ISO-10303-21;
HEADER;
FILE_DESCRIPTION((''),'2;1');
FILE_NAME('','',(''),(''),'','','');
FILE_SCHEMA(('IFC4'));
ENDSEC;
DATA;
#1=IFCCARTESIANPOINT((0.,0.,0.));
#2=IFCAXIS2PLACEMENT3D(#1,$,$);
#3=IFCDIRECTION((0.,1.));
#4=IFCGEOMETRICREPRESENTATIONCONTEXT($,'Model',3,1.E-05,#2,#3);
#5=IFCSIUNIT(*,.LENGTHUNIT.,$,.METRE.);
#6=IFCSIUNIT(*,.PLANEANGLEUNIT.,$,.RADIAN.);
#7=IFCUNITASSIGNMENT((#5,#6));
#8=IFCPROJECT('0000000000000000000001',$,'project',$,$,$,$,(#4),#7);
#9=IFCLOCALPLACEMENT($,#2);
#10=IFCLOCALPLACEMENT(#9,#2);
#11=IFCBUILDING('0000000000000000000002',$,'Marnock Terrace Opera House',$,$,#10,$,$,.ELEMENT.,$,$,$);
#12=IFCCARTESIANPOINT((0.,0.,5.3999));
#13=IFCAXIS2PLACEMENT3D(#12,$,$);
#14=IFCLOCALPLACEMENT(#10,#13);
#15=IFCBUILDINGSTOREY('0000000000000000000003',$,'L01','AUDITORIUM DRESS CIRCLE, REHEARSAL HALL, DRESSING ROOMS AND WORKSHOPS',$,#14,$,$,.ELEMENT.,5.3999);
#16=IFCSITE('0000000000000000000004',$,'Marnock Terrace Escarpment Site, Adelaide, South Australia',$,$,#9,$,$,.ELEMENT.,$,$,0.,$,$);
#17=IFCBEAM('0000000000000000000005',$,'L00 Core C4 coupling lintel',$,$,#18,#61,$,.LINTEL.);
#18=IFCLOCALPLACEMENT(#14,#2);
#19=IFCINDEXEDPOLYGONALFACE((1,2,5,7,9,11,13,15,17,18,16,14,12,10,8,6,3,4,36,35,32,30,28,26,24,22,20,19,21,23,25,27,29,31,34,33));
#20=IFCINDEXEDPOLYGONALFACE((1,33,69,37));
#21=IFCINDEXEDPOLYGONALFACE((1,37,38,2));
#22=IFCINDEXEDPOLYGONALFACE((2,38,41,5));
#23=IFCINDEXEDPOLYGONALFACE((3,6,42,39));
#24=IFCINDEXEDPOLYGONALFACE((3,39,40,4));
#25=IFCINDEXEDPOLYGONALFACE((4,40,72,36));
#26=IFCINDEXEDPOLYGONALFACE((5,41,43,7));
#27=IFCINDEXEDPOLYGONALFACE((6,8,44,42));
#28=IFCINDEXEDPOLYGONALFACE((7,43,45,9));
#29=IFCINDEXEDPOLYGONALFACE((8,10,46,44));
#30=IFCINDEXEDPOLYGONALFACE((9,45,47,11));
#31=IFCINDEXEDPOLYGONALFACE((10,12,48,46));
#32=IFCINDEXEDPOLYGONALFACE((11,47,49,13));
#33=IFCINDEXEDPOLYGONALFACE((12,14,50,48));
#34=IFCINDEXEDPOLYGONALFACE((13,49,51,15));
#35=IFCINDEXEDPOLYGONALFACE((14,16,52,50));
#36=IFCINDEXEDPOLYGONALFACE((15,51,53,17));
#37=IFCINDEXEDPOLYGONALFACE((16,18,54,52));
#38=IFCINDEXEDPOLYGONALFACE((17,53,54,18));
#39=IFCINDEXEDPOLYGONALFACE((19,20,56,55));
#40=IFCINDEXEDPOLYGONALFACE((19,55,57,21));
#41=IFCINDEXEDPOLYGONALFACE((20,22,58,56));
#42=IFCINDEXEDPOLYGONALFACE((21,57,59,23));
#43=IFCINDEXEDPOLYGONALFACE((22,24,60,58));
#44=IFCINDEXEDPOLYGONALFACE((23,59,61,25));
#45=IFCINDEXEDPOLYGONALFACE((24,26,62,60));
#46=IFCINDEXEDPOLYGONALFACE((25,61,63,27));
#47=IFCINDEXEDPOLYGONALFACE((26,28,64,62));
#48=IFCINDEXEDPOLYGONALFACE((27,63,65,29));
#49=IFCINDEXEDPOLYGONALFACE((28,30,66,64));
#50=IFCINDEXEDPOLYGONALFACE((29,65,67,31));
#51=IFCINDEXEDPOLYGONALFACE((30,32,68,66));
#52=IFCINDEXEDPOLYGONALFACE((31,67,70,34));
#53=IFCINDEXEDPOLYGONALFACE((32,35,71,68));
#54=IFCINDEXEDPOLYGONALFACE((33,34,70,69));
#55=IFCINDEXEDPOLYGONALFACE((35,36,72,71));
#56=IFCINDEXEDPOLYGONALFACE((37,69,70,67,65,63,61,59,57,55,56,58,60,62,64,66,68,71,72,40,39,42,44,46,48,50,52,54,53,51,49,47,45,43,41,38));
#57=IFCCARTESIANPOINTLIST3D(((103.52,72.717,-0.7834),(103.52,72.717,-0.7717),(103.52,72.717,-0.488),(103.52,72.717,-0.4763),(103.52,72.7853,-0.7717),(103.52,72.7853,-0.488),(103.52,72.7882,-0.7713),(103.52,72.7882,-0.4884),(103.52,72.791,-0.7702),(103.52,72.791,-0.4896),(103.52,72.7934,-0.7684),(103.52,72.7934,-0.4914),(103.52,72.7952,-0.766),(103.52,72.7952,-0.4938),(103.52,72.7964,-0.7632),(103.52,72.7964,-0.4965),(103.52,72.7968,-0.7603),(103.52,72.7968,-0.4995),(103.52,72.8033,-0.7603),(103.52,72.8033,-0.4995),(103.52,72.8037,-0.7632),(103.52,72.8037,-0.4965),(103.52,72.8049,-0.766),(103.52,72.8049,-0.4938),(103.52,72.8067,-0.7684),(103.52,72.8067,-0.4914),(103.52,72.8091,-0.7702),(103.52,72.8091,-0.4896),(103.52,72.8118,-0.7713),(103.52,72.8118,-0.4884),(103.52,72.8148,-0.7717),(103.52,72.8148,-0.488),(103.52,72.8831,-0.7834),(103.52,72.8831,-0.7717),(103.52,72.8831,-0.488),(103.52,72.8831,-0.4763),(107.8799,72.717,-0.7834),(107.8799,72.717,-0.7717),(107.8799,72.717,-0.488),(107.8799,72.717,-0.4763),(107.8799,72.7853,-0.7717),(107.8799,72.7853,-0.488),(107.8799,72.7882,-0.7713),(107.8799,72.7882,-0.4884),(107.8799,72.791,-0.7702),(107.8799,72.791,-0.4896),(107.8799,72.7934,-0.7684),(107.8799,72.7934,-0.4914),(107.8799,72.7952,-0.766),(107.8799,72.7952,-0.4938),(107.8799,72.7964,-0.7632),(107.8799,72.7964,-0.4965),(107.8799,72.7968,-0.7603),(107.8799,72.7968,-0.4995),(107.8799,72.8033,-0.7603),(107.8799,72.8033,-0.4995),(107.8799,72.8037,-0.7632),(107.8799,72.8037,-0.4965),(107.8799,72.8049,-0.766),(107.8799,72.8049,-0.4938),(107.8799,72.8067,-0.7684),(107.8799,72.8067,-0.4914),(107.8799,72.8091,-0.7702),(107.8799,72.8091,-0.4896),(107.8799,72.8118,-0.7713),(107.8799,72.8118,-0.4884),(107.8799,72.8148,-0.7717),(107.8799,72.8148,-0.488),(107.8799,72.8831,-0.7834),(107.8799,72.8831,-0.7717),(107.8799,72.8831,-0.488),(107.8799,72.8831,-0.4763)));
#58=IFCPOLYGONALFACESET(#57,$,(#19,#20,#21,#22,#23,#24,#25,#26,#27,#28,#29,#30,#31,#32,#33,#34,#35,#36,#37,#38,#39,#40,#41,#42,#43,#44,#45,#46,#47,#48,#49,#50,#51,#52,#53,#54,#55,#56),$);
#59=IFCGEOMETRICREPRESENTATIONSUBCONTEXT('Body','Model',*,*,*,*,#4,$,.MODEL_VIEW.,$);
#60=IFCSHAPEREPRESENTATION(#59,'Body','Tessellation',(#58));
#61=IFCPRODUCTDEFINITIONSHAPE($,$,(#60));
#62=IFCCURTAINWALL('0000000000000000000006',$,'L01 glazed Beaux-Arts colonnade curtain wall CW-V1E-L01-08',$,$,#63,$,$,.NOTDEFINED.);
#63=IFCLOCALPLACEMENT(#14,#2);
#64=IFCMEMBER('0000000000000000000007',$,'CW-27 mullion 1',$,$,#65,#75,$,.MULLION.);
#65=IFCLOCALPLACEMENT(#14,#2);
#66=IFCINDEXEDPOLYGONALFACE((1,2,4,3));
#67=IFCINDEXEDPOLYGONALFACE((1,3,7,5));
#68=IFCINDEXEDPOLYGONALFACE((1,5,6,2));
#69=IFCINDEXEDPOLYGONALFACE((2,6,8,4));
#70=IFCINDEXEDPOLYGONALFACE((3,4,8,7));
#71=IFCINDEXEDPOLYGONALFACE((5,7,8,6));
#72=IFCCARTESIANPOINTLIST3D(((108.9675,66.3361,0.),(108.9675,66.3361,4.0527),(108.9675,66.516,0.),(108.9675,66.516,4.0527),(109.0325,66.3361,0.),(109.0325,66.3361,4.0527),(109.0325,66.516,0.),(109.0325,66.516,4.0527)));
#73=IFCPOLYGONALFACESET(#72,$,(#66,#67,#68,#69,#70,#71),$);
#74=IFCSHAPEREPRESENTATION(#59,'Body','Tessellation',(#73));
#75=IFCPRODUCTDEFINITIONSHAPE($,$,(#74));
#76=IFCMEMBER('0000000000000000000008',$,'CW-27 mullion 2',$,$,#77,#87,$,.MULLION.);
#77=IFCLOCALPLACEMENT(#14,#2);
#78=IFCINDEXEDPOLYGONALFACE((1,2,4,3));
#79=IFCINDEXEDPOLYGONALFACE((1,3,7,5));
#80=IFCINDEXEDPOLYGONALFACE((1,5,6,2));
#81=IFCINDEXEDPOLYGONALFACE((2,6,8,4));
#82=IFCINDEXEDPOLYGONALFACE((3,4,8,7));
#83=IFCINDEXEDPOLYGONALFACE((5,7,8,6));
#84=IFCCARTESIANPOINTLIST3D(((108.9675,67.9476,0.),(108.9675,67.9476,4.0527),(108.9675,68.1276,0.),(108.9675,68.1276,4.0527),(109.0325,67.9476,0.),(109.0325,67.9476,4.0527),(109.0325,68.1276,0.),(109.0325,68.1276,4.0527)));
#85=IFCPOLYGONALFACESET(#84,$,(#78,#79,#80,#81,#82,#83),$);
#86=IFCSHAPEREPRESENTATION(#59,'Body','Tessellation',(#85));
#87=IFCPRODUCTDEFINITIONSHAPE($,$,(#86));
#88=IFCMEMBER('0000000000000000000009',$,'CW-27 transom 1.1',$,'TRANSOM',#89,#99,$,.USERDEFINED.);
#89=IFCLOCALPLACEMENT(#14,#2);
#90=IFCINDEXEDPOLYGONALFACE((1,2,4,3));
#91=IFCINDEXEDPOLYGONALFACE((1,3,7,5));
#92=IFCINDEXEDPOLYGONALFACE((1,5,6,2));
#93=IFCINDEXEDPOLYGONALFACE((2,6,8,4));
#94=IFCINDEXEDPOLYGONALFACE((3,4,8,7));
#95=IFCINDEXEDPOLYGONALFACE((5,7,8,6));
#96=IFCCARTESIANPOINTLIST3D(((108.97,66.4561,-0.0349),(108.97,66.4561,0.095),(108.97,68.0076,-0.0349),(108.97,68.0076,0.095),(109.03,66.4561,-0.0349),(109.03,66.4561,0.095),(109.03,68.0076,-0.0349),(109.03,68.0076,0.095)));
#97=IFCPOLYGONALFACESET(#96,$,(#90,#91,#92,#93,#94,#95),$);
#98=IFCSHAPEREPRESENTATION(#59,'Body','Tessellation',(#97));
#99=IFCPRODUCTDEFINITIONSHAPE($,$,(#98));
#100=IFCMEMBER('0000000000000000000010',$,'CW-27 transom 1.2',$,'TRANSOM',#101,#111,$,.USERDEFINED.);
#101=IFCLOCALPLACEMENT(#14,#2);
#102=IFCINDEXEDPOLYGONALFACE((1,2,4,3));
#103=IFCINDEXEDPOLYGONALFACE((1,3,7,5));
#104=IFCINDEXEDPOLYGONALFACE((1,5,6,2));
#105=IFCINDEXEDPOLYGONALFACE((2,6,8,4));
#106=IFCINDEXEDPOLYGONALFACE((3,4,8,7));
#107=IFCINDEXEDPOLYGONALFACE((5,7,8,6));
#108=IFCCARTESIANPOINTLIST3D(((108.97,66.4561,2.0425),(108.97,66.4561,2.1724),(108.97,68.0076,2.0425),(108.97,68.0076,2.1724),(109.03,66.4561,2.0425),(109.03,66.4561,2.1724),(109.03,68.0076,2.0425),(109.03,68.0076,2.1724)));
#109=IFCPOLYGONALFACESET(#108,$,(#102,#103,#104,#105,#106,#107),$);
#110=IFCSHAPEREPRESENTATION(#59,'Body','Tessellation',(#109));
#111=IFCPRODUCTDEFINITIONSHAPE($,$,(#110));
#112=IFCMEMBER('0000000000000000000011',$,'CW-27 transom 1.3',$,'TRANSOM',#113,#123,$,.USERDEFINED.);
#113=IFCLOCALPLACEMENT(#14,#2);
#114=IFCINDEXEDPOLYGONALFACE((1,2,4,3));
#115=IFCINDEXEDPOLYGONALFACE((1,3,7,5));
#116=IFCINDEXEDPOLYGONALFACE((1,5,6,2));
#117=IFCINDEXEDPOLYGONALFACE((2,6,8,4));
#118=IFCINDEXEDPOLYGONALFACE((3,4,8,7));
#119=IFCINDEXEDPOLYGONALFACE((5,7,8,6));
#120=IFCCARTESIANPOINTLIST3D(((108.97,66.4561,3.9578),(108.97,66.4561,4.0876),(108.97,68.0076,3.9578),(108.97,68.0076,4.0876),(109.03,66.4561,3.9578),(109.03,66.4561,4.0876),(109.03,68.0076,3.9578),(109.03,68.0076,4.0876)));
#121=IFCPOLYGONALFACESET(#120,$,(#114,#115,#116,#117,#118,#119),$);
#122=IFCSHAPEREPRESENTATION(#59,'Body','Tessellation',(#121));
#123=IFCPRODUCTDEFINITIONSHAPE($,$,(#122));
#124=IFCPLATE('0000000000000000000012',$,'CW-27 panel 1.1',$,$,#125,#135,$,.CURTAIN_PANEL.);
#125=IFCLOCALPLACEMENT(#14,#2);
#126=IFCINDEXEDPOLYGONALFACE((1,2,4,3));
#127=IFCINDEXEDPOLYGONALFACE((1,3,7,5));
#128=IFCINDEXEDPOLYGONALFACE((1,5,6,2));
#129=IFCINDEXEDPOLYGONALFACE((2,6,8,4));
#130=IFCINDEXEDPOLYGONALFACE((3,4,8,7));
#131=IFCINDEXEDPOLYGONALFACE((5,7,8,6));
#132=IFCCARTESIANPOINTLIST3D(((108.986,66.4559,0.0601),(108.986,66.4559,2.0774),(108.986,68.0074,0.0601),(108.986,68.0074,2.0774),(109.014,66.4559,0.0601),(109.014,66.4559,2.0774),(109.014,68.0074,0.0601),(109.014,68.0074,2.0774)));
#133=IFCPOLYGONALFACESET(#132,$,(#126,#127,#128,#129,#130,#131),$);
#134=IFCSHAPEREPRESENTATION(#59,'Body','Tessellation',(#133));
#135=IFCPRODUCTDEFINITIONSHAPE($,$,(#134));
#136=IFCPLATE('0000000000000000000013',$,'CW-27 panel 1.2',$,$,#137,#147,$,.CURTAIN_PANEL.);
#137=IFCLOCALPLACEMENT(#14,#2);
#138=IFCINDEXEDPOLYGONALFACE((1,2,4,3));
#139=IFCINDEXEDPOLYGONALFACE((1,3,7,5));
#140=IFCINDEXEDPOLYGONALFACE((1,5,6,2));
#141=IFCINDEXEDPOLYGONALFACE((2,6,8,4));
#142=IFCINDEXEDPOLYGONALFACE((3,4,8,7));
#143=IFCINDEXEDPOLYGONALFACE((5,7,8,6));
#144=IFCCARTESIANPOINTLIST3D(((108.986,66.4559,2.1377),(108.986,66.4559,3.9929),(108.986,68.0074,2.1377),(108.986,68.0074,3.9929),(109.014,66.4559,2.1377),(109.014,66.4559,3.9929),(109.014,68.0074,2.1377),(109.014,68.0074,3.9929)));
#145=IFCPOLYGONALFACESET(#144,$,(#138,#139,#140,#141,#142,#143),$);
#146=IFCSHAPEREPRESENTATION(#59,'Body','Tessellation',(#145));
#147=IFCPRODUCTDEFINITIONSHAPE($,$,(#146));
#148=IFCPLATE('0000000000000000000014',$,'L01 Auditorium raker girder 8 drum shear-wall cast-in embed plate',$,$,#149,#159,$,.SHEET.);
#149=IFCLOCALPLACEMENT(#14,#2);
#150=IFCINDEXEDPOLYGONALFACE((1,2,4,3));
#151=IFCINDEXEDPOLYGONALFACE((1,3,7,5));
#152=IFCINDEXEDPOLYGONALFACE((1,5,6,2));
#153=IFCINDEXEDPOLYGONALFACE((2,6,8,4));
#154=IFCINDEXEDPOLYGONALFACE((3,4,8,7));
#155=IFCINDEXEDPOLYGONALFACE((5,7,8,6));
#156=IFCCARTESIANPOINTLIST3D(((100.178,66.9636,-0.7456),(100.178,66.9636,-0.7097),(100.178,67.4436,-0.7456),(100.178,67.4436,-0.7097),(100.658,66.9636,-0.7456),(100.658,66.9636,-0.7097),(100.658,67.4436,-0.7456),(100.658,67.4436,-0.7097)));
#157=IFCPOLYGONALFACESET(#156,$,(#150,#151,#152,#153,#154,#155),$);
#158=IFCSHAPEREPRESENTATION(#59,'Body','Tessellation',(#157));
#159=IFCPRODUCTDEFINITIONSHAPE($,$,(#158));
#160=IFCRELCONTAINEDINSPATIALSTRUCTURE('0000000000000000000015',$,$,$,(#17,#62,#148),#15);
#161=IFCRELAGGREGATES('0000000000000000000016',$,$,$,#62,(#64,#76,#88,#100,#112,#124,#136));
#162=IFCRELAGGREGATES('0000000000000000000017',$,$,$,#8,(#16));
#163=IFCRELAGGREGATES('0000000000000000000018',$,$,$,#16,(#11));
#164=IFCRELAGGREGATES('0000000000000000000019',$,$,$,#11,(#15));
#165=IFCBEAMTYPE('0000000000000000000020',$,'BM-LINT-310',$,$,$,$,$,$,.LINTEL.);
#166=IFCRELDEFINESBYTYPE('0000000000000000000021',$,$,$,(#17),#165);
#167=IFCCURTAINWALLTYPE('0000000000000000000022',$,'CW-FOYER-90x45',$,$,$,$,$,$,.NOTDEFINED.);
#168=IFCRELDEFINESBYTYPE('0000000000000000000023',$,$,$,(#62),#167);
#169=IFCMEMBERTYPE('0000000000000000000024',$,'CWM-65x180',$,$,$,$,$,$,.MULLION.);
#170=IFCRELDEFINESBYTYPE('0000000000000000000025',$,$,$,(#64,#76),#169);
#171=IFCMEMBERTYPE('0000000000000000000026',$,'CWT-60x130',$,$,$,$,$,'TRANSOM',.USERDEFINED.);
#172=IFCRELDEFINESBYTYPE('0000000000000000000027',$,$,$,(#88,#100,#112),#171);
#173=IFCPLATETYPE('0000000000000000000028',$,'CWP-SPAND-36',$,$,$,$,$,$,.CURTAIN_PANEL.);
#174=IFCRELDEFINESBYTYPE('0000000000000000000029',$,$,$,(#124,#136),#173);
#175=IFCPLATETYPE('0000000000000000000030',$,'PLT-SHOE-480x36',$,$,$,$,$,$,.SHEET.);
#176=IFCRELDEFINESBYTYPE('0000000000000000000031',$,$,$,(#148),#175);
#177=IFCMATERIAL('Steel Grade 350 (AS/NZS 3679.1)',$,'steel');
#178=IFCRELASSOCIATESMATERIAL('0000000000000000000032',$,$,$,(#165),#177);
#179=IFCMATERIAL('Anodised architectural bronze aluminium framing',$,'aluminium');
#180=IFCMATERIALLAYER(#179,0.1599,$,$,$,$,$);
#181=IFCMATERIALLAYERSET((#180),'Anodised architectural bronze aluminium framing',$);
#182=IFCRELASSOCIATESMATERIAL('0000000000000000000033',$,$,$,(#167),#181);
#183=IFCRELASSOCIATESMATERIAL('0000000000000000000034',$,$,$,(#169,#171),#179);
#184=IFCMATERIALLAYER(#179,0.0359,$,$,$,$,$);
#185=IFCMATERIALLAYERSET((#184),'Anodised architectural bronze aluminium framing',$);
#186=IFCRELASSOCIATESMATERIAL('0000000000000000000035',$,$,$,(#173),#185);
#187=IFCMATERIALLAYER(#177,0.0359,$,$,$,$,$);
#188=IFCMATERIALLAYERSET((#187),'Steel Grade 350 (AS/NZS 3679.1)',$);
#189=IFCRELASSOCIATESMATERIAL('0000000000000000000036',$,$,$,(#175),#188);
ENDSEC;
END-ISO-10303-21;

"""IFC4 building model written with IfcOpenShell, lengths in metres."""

from ifc_helpers import new_model, si_unit, direction, frame, origin, origin_2d, place, context, subcontext, project, spatial, rectangle, i_section, extrude, material, layer, layer_set, material_profile, profile_set, type_object, element, aggregate, save


model = new_model("IFC4")

# Units and contexts
model_context = context("Model", 3, precision=1e-05, world=origin(), true_north=direction((0.0, 1.0)))
body_context = subcontext(model_context, "Body", "Model", "MODEL_VIEW")
ifc_project = project(units=[si_unit("LENGTHUNIT", "METRE"), si_unit("PLANEANGLEUNIT", "RADIAN")], contexts=[model_context])

# Site, building, storey
site_placement = place(None, origin())
site = spatial("IfcSite", under=ifc_project, at=site_placement, Name="Marnock Terrace Escarpment Site, Adelaide, South Australia", CompositionType="ELEMENT", RefElevation=0.0)
building_placement = place(site_placement, origin())
building = spatial("IfcBuilding", under=site, at=building_placement, Name="Marnock Terrace Opera House", CompositionType="ELEMENT")
storey_placement = place(building_placement, frame((0.0, 0.0, 5.3999)))
storey = spatial("IfcBuildingStorey", under=building, at=storey_placement, Name="L01", Description="AUDITORIUM DRESS CIRCLE, REHEARSAL HALL, DRESSING ROOMS AND WORKSHOPS", CompositionType="ELEMENT", Elevation=5.3999)

# Beam
ifc_material_1 = material(Name="Steel Grade 350 (AS/NZS 3679.1)", Category="steel")
ifc_material_profile_1 = material_profile(ifc_material_1, i_section(OverallWidth=0.166, OverallDepth=0.3071, WebThickness=0.0066, FlangeThickness=0.0117, FilletRadius=0.0115, at=origin_2d()))
ifc_profile_set_1 = profile_set([ifc_material_profile_1], Name="Steel Grade 350 (AS/NZS 3679.1)")
beam_type = type_object("IfcBeamType", Name="BM-LINT-310", PredefinedType="LINTEL", material=ifc_profile_set_1)
beam_placement = place(storey_placement, frame((103.52, 72.8, -0.6299), z_axis=(1.0, 0.0, 0.0), x_axis=(0.0, 1.0, 0.0)))
element("IfcBeam", 1, at=beam_placement, inside=storey, type_object=beam_type, Name="L00 Core C4 coupling lintel", PredefinedType="LINTEL", context=body_context, shape_type="SweptSolid", body=[
    extrude(i_section(OverallWidth=0.166, OverallDepth=0.3071, WebThickness=0.0066, FlangeThickness=0.0117, FilletRadius=0.0115, at=origin_2d()), origin(), (0.0, 0.0, 1.0), 4.3599),
])

# Curtain wall, members, plates
ifc_material_2 = material(Name="Anodised architectural bronze aluminium framing", Category="aluminium")
ifc_layer_1 = layer(ifc_material_2, 0.1599)
ifc_layer_set_1 = layer_set([ifc_layer_1], Name="Anodised architectural bronze aluminium framing")
curtain_wall_type = type_object("IfcCurtainWallType", Name="CW-FOYER-90x45", PredefinedType="NOTDEFINED", material=ifc_layer_set_1)
curtain_wall_placement = place(storey_placement, origin())
curtain_wall = element("IfcCurtainWall", 2, at=curtain_wall_placement, inside=storey, type_object=curtain_wall_type, Name="L01 glazed Beaux-Arts colonnade curtain wall CW-V1E-L01-08", PredefinedType="NOTDEFINED")
ifc_material_profile_2 = material_profile(ifc_material_2, rectangle(XDim=0.0649, YDim=0.1799, at=origin_2d()))
ifc_profile_set_2 = profile_set([ifc_material_profile_2], Name="Anodised architectural bronze aluminium framing")
member_type_1 = type_object("IfcMemberType", Name="CWM-65x180", PredefinedType="MULLION", material=ifc_profile_set_2)
member_1_placement = place(storey_placement, frame((109.0, 66.426, 0.0), z_axis=(0.0, 0.0, 1.0), x_axis=(-1.0, 0.0, 0.0)))
member_1 = element("IfcMember", 3, at=member_1_placement, type_object=member_type_1, Name="CW-27 mullion 1", PredefinedType="MULLION", context=body_context, shape_type="SweptSolid", body=[
    extrude(rectangle(XDim=0.0649, YDim=0.1799, at=origin_2d()), origin(), (0.0, 0.0, 1.0), 4.0527),
])
member_2_placement = place(storey_placement, frame((109.0, 68.0376, 0.0), z_axis=(0.0, 0.0, 1.0), x_axis=(-1.0, 0.0, 0.0)))
member_2 = element("IfcMember", 4, at=member_2_placement, type_object=member_type_1, Name="CW-27 mullion 2", PredefinedType="MULLION", context=body_context, shape_type="SweptSolid", body=[
    extrude(rectangle(XDim=0.0649, YDim=0.1799, at=origin_2d()), origin(), (0.0, 0.0, 1.0), 4.0527),
])
ifc_material_profile_3 = material_profile(ifc_material_2, rectangle(XDim=0.0601, YDim=0.1299, at=origin_2d()))
ifc_profile_set_3 = profile_set([ifc_material_profile_3], Name="Anodised architectural bronze aluminium framing")
member_type_2 = type_object("IfcMemberType", Name="CWT-60x130", ElementType="TRANSOM", PredefinedType="USERDEFINED", material=ifc_profile_set_3)
member_3_placement = place(storey_placement, frame((109.0, 66.4561, 0.03), z_axis=(0.0, 1.0, 0.0), x_axis=(-1.0, 0.0, 0.0)))
member_3 = element("IfcMember", 5, at=member_3_placement, type_object=member_type_2, Name="CW-27 transom 1.1", ObjectType="TRANSOM", PredefinedType="USERDEFINED", context=body_context, shape_type="SweptSolid", body=[
    extrude(rectangle(XDim=0.0601, YDim=0.1299, at=origin_2d()), origin(), (0.0, 0.0, 1.0), 1.5515),
])
member_4_placement = place(storey_placement, frame((109.0, 66.4561, 2.1074), z_axis=(0.0, 1.0, 0.0), x_axis=(-1.0, 0.0, 0.0)))
member_4 = element("IfcMember", 6, at=member_4_placement, type_object=member_type_2, Name="CW-27 transom 1.2", ObjectType="TRANSOM", PredefinedType="USERDEFINED", context=body_context, shape_type="SweptSolid", body=[
    extrude(rectangle(XDim=0.0601, YDim=0.1299, at=origin_2d()), origin(), (0.0, 0.0, 1.0), 1.5515),
])
member_5_placement = place(storey_placement, frame((109.0, 66.4561, 4.0227), z_axis=(0.0, 1.0, 0.0), x_axis=(-1.0, 0.0, 0.0)))
member_5 = element("IfcMember", 7, at=member_5_placement, type_object=member_type_2, Name="CW-27 transom 1.3", ObjectType="TRANSOM", PredefinedType="USERDEFINED", context=body_context, shape_type="SweptSolid", body=[
    extrude(rectangle(XDim=0.0601, YDim=0.1299, at=origin_2d()), origin(), (0.0, 0.0, 1.0), 1.5515),
])
ifc_layer_2 = layer(ifc_material_2, 0.0359)
ifc_layer_set_2 = layer_set([ifc_layer_2], Name="Anodised architectural bronze aluminium framing")
plate_type_1 = type_object("IfcPlateType", Name="CWP-SPAND-36", PredefinedType="CURTAIN_PANEL", material=ifc_layer_set_2)
plate_1_placement = place(storey_placement, frame((109.0, 67.2317, 0.0601), z_axis=(0.0, 0.0, 1.0), x_axis=(0.0, 1.0, 0.0)))
plate_1 = element("IfcPlate", 8, at=plate_1_placement, type_object=plate_type_1, Name="CW-27 panel 1.1", PredefinedType="CURTAIN_PANEL", context=body_context, shape_type="SweptSolid", body=[
    extrude(rectangle(XDim=1.5515, YDim=0.0281, at=origin_2d()), origin(), (0.0, 0.0, 1.0), 2.0173),
])
plate_2_placement = place(storey_placement, frame((109.0, 67.2317, 2.1377), z_axis=(0.0, 0.0, 1.0), x_axis=(0.0, 1.0, 0.0)))
plate_2 = element("IfcPlate", 9, at=plate_2_placement, type_object=plate_type_1, Name="CW-27 panel 1.2", PredefinedType="CURTAIN_PANEL", context=body_context, shape_type="SweptSolid", body=[
    extrude(rectangle(XDim=1.5515, YDim=0.0281, at=origin_2d()), origin(), (0.0, 0.0, 1.0), 1.8552),
])
aggregate(curtain_wall, [member_1, member_2, member_3, member_4, member_5, plate_1, plate_2])

# Plate
ifc_layer_3 = layer(ifc_material_1, 0.0359)
ifc_layer_set_3 = layer_set([ifc_layer_3], Name="Steel Grade 350 (AS/NZS 3679.1)")
plate_type_2 = type_object("IfcPlateType", Name="PLT-SHOE-480x36", PredefinedType="SHEET", material=ifc_layer_set_3)
plate_3_placement = place(storey_placement, frame((100.418, 67.2036, -0.7456), z_axis=(0.0, 0.0, 1.0), x_axis=(1.0, 0.0, 0.0)))
element("IfcPlate", 10, at=plate_3_placement, inside=storey, type_object=plate_type_2, Name="L01 Auditorium raker girder 8 drum shear-wall cast-in embed plate", PredefinedType="SHEET", context=body_context, shape_type="SweptSolid", body=[
    extrude(rectangle(XDim=0.48, YDim=0.48, at=origin_2d()), origin(), (0.0, 0.0, 1.0), 0.0359),
])

save(model, "model.ifc")
